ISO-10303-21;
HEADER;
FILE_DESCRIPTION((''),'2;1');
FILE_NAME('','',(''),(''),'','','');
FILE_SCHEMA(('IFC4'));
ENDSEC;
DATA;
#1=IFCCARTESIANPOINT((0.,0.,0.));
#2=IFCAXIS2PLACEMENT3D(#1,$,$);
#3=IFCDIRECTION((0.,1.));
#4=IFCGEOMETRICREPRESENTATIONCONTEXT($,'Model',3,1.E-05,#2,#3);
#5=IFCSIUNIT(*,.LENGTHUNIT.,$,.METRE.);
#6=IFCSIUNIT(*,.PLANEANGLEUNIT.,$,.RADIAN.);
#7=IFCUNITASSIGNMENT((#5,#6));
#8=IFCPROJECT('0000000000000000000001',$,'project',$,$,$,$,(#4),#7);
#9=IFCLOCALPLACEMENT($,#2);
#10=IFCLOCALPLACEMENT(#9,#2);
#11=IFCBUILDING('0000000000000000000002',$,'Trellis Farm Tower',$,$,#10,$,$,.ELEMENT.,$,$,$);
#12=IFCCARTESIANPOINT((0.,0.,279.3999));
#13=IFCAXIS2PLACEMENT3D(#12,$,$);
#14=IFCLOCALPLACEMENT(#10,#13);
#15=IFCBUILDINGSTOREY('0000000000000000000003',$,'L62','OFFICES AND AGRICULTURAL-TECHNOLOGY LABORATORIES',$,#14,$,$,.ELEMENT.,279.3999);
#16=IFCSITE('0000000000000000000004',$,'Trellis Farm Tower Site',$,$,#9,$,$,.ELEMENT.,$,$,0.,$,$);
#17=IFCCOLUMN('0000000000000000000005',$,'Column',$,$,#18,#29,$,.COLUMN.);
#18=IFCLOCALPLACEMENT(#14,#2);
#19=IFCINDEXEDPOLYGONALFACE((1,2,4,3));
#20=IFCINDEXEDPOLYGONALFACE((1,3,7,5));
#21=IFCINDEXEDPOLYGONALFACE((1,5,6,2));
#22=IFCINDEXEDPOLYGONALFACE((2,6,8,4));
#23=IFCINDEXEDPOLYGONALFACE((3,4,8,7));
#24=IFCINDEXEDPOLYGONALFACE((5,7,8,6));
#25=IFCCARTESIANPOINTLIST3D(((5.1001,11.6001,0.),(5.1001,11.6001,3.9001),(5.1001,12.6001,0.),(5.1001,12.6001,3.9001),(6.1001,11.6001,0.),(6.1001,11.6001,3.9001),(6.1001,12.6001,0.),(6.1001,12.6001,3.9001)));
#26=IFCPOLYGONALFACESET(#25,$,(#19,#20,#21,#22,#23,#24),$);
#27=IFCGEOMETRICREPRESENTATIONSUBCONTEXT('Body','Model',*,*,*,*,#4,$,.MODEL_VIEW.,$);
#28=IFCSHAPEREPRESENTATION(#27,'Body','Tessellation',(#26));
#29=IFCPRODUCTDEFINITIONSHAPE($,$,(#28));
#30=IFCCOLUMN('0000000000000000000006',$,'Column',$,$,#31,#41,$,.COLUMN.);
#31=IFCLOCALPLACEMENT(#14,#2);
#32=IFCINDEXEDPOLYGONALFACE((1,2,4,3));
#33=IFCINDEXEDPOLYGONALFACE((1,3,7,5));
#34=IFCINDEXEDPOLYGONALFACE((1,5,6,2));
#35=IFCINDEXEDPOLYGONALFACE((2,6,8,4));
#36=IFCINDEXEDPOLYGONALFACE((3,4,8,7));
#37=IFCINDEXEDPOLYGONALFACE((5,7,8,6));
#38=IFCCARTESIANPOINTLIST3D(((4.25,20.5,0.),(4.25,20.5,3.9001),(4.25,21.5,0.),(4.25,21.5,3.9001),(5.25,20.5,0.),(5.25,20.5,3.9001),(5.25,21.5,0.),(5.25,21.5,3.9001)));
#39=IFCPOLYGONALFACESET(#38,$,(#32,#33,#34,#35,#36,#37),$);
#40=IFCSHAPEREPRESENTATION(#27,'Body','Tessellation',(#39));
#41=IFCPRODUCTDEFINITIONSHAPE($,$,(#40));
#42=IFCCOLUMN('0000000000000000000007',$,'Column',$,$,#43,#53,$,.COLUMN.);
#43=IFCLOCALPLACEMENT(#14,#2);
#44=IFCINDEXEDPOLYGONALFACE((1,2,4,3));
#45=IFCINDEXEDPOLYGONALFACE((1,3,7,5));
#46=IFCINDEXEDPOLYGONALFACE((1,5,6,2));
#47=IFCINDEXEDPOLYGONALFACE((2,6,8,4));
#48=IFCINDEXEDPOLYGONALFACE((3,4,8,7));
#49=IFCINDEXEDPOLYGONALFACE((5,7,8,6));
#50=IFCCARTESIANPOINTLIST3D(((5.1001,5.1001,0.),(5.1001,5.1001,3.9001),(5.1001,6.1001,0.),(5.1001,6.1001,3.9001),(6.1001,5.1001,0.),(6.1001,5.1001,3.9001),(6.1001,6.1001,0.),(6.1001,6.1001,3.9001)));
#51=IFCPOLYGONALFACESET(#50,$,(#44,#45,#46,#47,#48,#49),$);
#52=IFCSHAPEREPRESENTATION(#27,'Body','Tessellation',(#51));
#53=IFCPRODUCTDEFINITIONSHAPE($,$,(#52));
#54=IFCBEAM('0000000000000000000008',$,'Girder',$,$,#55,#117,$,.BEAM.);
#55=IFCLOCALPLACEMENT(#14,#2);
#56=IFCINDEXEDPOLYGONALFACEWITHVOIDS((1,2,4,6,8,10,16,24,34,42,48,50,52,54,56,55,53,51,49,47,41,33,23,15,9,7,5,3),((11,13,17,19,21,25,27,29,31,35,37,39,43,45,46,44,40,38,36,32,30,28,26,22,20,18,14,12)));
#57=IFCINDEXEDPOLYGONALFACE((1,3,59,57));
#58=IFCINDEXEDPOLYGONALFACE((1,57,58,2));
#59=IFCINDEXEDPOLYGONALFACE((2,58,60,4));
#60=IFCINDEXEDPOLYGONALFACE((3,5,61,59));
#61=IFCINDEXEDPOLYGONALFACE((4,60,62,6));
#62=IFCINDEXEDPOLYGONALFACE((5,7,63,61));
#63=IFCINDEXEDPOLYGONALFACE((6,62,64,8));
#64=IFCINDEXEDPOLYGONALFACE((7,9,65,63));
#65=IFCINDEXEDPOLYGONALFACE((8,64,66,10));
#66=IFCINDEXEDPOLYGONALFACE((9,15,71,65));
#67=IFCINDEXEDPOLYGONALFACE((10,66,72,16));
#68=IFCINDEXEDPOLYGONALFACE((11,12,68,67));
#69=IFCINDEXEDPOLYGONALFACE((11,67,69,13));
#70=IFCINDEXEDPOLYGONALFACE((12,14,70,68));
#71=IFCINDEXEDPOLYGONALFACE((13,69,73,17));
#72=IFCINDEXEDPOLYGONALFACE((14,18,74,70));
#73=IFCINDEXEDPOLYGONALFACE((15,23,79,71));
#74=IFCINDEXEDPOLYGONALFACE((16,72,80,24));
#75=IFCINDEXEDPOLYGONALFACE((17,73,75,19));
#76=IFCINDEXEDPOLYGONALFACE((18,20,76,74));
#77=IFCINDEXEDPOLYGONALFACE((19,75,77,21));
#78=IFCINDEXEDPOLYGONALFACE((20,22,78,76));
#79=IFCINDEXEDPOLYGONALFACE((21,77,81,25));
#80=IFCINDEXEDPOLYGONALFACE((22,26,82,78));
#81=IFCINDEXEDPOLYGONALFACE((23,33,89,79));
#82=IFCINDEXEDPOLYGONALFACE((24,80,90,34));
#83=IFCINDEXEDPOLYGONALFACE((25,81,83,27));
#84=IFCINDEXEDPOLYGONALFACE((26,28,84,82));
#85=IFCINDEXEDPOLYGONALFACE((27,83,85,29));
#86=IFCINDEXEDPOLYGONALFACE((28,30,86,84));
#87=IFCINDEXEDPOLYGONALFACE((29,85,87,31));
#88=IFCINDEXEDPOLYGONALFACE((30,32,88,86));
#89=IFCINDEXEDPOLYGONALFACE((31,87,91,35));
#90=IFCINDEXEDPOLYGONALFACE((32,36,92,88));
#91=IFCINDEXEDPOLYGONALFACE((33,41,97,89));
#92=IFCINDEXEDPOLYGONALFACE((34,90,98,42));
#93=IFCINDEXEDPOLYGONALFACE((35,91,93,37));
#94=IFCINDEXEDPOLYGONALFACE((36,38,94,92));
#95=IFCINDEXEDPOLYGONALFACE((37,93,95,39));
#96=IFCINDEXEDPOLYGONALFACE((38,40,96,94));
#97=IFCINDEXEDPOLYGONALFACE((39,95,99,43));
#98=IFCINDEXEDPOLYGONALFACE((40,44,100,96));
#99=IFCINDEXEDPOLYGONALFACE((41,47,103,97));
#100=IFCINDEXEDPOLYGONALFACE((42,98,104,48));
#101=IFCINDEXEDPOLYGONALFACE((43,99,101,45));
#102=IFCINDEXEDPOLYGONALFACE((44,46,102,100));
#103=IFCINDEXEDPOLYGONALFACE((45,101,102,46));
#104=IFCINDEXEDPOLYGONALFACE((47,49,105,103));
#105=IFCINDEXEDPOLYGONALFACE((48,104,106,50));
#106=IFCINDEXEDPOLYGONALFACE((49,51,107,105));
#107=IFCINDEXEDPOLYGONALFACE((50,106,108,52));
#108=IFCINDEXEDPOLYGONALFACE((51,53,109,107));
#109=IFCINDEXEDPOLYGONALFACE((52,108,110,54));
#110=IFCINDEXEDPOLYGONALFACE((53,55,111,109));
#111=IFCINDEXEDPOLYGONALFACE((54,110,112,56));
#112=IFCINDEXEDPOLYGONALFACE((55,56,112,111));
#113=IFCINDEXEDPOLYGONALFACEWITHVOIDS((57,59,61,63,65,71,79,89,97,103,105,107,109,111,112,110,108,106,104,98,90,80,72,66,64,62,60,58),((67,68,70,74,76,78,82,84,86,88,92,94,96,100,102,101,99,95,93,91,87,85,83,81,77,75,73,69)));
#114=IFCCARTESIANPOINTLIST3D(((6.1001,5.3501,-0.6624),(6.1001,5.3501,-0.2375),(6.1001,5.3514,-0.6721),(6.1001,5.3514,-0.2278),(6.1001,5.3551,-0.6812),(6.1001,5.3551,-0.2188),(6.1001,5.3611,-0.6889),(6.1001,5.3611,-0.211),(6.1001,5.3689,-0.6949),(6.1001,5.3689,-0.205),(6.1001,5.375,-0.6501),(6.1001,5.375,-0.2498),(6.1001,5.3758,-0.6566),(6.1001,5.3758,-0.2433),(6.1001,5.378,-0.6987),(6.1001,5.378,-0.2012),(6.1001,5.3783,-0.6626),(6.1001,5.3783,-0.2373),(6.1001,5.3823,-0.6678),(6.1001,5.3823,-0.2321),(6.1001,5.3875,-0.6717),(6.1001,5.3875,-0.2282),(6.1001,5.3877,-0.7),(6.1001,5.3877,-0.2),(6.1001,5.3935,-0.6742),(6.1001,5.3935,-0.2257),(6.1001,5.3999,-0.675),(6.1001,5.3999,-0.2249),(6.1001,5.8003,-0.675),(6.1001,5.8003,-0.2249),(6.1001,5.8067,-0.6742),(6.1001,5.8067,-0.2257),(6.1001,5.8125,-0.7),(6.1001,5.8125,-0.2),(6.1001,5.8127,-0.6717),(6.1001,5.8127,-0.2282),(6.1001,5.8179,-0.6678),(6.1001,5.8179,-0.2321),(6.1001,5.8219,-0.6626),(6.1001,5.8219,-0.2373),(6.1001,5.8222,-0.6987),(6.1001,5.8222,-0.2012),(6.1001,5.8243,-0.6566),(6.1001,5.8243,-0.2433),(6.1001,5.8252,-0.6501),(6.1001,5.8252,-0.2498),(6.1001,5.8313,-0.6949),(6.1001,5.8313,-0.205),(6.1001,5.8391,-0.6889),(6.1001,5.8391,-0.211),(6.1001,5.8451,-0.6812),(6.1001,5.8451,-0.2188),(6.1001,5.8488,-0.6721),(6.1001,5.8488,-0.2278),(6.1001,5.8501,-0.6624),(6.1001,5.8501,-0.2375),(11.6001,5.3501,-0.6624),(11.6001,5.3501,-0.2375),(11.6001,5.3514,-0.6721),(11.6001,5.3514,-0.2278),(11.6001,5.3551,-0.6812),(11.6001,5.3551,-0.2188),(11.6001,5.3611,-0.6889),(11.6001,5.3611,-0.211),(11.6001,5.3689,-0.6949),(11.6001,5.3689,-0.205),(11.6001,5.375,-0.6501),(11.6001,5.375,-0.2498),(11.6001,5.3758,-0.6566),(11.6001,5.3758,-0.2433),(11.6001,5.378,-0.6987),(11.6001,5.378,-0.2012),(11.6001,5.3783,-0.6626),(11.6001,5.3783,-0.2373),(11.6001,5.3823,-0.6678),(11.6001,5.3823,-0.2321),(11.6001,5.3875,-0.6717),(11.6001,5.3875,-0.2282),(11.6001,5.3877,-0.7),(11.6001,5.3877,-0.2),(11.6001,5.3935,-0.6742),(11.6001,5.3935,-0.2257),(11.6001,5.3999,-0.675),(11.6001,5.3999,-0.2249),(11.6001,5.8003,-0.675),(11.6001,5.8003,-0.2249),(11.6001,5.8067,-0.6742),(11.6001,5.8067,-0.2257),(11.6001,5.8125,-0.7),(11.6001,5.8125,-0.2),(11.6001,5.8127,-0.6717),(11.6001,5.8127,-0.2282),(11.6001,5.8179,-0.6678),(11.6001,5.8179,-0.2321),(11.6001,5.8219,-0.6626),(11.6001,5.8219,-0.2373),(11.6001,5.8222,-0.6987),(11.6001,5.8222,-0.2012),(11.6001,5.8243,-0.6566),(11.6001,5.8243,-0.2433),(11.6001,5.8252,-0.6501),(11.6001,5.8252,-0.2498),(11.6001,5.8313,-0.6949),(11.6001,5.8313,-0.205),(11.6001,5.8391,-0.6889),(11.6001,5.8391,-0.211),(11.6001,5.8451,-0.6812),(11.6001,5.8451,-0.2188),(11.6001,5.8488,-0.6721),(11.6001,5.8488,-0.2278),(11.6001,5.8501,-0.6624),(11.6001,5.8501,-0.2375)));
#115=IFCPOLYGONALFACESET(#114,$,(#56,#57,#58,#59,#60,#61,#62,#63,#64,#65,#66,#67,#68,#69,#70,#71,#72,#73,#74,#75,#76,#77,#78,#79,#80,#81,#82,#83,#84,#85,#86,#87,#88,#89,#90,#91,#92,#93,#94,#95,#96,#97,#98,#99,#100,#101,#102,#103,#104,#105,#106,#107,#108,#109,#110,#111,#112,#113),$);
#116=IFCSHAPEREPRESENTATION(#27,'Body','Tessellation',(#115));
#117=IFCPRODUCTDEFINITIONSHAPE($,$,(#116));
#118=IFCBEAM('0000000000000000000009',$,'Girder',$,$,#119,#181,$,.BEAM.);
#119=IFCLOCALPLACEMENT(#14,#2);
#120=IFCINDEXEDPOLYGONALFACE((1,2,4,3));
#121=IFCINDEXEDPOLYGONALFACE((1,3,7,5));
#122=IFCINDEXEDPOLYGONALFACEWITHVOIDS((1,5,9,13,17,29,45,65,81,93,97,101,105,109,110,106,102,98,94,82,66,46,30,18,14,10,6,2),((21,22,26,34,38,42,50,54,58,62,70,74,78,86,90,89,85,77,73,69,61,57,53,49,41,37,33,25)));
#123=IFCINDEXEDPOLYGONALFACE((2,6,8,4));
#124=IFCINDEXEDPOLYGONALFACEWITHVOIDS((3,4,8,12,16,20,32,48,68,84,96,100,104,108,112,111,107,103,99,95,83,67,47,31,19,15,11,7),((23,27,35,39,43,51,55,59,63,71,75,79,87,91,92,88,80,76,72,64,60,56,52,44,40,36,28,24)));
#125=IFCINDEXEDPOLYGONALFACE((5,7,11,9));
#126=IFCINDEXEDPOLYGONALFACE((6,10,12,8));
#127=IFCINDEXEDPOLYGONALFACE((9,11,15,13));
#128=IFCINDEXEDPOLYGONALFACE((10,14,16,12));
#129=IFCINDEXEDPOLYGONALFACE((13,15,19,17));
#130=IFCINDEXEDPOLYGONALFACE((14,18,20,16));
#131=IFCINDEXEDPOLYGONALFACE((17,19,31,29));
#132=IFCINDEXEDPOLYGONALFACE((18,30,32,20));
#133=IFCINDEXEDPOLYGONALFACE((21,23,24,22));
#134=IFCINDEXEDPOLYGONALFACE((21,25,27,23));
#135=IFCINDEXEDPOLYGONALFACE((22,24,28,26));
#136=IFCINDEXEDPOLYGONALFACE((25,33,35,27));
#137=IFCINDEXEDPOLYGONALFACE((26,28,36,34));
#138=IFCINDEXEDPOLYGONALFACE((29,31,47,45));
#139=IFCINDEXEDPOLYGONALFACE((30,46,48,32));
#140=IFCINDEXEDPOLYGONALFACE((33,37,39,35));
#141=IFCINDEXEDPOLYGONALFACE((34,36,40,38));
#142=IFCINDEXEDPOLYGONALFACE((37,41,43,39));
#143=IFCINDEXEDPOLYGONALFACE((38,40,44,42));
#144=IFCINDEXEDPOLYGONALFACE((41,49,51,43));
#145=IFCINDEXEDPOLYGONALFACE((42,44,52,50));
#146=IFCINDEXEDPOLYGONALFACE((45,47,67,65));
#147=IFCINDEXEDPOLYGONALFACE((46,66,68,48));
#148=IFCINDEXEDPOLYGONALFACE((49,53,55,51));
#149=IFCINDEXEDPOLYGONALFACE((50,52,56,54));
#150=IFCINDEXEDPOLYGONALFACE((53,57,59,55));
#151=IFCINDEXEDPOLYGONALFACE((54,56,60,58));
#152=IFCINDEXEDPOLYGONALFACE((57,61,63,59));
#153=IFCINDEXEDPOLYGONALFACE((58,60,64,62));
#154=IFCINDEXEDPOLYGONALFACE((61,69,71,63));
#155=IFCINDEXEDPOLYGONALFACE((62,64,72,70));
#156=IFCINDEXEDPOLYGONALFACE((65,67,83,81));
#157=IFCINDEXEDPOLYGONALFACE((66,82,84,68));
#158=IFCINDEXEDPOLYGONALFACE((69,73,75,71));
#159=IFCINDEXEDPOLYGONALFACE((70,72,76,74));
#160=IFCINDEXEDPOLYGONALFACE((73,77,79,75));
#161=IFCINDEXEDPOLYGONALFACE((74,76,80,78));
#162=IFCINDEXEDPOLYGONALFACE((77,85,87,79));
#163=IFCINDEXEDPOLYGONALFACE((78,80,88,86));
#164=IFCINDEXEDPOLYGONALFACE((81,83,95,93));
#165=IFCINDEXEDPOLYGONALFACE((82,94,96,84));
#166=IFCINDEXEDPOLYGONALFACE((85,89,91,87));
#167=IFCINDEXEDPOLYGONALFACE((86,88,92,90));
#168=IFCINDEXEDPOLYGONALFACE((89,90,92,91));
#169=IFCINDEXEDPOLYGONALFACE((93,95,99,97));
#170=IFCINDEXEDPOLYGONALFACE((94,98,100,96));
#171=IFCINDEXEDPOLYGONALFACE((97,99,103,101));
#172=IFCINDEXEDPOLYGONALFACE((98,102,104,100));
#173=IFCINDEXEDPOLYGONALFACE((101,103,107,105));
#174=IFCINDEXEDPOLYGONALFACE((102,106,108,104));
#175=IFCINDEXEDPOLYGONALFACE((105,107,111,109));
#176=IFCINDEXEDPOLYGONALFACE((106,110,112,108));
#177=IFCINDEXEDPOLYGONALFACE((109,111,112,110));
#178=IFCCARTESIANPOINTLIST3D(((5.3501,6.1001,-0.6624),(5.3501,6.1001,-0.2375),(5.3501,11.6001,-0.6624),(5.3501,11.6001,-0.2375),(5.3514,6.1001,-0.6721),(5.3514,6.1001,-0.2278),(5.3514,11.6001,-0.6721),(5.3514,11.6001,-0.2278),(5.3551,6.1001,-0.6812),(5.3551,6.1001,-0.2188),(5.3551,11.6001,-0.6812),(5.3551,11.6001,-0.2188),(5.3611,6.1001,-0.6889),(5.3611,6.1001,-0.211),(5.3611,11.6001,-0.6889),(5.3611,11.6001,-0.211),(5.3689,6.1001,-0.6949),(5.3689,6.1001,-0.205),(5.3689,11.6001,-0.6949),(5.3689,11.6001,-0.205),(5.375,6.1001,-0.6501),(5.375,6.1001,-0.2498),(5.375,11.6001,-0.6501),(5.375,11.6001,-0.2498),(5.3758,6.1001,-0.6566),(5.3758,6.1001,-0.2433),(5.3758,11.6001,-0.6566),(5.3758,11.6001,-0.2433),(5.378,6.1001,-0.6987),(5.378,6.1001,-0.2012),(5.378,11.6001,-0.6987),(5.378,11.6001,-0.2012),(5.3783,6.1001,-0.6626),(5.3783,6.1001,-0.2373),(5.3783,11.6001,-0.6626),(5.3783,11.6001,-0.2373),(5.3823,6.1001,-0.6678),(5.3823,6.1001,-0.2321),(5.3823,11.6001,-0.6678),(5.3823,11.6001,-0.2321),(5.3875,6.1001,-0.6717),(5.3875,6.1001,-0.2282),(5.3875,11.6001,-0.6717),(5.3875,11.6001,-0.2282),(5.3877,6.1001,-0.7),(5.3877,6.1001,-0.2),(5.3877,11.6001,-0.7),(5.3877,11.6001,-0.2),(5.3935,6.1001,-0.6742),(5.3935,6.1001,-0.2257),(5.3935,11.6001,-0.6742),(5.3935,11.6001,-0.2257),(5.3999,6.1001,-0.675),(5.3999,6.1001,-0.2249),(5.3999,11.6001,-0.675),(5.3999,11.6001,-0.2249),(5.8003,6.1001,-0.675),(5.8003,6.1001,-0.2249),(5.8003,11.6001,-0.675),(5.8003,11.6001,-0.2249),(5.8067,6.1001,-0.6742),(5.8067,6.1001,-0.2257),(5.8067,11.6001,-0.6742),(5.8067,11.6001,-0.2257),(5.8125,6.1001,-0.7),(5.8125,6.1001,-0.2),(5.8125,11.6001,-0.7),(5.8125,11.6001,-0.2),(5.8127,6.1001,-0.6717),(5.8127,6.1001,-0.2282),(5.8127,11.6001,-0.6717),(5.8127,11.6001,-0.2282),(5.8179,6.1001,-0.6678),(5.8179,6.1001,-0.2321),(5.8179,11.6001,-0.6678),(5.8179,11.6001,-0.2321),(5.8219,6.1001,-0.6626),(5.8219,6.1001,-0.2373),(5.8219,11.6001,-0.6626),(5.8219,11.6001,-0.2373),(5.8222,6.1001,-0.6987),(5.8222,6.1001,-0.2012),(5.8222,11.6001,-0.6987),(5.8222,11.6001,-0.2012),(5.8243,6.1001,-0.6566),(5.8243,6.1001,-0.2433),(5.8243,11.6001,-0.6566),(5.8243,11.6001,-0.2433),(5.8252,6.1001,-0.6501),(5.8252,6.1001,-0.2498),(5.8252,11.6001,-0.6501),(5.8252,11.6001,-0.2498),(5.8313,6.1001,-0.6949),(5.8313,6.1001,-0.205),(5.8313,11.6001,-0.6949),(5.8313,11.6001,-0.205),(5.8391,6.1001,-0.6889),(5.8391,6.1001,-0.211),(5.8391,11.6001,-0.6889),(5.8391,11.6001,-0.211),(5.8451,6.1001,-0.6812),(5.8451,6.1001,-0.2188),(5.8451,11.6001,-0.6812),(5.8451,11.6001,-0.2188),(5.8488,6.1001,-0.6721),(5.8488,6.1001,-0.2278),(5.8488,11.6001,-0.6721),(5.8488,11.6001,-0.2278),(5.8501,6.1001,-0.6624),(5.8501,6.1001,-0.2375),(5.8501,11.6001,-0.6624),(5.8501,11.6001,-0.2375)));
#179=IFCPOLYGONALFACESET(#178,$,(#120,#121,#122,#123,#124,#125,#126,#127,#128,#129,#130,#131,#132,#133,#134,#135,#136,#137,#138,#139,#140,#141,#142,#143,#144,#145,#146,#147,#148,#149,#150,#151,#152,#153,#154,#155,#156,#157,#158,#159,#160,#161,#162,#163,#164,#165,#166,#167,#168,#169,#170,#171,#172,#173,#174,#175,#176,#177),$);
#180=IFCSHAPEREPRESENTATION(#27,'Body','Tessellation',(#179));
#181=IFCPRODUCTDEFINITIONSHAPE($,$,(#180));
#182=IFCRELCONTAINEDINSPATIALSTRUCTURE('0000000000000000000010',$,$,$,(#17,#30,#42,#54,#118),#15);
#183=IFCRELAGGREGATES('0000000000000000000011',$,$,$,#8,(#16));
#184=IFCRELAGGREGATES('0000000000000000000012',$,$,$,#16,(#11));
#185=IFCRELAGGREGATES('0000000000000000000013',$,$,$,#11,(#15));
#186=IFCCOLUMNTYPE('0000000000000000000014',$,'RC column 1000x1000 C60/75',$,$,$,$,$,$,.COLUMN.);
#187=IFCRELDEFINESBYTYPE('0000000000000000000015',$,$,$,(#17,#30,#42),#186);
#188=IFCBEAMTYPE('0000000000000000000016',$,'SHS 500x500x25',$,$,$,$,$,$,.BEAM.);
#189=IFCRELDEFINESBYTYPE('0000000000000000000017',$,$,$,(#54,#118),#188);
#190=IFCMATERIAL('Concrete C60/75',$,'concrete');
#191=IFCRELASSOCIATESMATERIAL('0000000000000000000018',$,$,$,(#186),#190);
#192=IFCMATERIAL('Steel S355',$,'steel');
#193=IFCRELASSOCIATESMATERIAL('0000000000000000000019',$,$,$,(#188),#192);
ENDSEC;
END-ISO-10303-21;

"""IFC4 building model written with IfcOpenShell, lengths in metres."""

from ifc_helpers import new_model, si_unit, direction, frame, origin, origin_2d, place, context, subcontext, project, spatial, rectangle, hollow_rectangle, extrude, source, transform, mapped, material, material_profile, profile_set, type_object, element, save


model = new_model("IFC4")

# Units and contexts
model_context = context("Model", 3, precision=1e-05, world=origin(), true_north=direction((0.0, 1.0)))
body_context = subcontext(model_context, "Body", "Model", "MODEL_VIEW")
ifc_project = project(units=[si_unit("LENGTHUNIT", "METRE"), si_unit("PLANEANGLEUNIT", "RADIAN")], contexts=[model_context])

# Site, building, storey
site_placement = place(None, origin())
site = spatial("IfcSite", under=ifc_project, at=site_placement, Name="Trellis Farm Tower Site", CompositionType="ELEMENT", RefElevation=0.0)
building_placement = place(site_placement, origin())
building = spatial("IfcBuilding", under=site, at=building_placement, Name="Trellis Farm Tower", CompositionType="ELEMENT")
storey_placement = place(building_placement, frame((0.0, 0.0, 279.3999)))
storey = spatial("IfcBuildingStorey", under=building, at=storey_placement, Name="L62", Description="OFFICES AND AGRICULTURAL-TECHNOLOGY LABORATORIES", CompositionType="ELEMENT", Elevation=279.3999)

# Columns
ifc_material_1 = material(Name="Concrete C60/75", Category="concrete")
ifc_material_profile_1 = material_profile(ifc_material_1, rectangle(XDim=1.0, YDim=1.0, at=origin_2d()), Name="RC column 1000x1000 C60/75")
ifc_profile_set_1 = profile_set([ifc_material_profile_1], Name="Concrete C60/75")
column_type = type_object("IfcColumnType", Name="RC column 1000x1000 C60/75", PredefinedType="COLUMN", material=ifc_profile_set_1)
shared_shape_1 = source(origin(), body_context, "Body", "SweptSolid", [
    extrude(rectangle(XDim=1.0, YDim=1.0, at=origin_2d()), origin(), (0.0, 0.0, 1.0), 3.9001),
])
for number, where, z_axis, x_axis, name in (
    (1, (5.6001, 12.1001, 0.0), (0.0, 0.0, 1.0), (1.0, 0.0, 0.0), "Column"),
    (2, (4.75, 21.0, 0.0), (0.0, 0.0, 1.0), (1.0, 0.0, 0.0), "Column"),
    (3, (5.6001, 5.6001, 0.0), (0.0, 0.0, 1.0), (1.0, 0.0, 0.0), "Column"),
):
    element("IfcColumn", number, at=place(storey_placement, frame(where, z_axis=z_axis, x_axis=x_axis)), inside=storey, type_object=column_type, Name=name, PredefinedType="COLUMN", context=body_context, shape_type="MappedRepresentation", body=[
        mapped(shared_shape_1, transform((0.0, 0.0, 0.0))),
    ])

# Beams
ifc_material_2 = material(Name="Steel S355", Category="steel")
ifc_material_profile_2 = material_profile(ifc_material_2, hollow_rectangle(XDim=0.5, YDim=0.5, WallThickness=0.0249, InnerFilletRadius=0.0249, OuterFilletRadius=0.0376, at=origin_2d()), Name="SHS 500x500x25")
ifc_profile_set_2 = profile_set([ifc_material_profile_2], Name="Steel S355")
beam_type = type_object("IfcBeamType", Name="SHS 500x500x25", PredefinedType="BEAM", material=ifc_profile_set_2)
shared_shape_2 = source(origin(), body_context, "Body", "SweptSolid", [
    extrude(hollow_rectangle(XDim=0.5, YDim=0.5, WallThickness=0.0249, InnerFilletRadius=0.0249, OuterFilletRadius=0.0376, at=origin_2d()), origin(), (0.0, 0.0, 1.0), 5.5),
])
for number, where, z_axis, x_axis, name in (
    (4, (6.1001, 5.6001, -0.45), (1.0, 0.0, 0.0), (0.0, 1.0, 0.0), "Girder"),
    (5, (5.6001, 6.1001, -0.45), (0.0, 1.0, 0.0), (-1.0, 0.0, 0.0), "Girder"),
):
    element("IfcBeam", number, at=place(storey_placement, frame(where, z_axis=z_axis, x_axis=x_axis)), inside=storey, type_object=beam_type, Name=name, PredefinedType="BEAM", context=body_context, shape_type="MappedRepresentation", body=[
        mapped(shared_shape_2, transform((0.0, 0.0, 0.0))),
    ])

save(model, "model.ifc")
